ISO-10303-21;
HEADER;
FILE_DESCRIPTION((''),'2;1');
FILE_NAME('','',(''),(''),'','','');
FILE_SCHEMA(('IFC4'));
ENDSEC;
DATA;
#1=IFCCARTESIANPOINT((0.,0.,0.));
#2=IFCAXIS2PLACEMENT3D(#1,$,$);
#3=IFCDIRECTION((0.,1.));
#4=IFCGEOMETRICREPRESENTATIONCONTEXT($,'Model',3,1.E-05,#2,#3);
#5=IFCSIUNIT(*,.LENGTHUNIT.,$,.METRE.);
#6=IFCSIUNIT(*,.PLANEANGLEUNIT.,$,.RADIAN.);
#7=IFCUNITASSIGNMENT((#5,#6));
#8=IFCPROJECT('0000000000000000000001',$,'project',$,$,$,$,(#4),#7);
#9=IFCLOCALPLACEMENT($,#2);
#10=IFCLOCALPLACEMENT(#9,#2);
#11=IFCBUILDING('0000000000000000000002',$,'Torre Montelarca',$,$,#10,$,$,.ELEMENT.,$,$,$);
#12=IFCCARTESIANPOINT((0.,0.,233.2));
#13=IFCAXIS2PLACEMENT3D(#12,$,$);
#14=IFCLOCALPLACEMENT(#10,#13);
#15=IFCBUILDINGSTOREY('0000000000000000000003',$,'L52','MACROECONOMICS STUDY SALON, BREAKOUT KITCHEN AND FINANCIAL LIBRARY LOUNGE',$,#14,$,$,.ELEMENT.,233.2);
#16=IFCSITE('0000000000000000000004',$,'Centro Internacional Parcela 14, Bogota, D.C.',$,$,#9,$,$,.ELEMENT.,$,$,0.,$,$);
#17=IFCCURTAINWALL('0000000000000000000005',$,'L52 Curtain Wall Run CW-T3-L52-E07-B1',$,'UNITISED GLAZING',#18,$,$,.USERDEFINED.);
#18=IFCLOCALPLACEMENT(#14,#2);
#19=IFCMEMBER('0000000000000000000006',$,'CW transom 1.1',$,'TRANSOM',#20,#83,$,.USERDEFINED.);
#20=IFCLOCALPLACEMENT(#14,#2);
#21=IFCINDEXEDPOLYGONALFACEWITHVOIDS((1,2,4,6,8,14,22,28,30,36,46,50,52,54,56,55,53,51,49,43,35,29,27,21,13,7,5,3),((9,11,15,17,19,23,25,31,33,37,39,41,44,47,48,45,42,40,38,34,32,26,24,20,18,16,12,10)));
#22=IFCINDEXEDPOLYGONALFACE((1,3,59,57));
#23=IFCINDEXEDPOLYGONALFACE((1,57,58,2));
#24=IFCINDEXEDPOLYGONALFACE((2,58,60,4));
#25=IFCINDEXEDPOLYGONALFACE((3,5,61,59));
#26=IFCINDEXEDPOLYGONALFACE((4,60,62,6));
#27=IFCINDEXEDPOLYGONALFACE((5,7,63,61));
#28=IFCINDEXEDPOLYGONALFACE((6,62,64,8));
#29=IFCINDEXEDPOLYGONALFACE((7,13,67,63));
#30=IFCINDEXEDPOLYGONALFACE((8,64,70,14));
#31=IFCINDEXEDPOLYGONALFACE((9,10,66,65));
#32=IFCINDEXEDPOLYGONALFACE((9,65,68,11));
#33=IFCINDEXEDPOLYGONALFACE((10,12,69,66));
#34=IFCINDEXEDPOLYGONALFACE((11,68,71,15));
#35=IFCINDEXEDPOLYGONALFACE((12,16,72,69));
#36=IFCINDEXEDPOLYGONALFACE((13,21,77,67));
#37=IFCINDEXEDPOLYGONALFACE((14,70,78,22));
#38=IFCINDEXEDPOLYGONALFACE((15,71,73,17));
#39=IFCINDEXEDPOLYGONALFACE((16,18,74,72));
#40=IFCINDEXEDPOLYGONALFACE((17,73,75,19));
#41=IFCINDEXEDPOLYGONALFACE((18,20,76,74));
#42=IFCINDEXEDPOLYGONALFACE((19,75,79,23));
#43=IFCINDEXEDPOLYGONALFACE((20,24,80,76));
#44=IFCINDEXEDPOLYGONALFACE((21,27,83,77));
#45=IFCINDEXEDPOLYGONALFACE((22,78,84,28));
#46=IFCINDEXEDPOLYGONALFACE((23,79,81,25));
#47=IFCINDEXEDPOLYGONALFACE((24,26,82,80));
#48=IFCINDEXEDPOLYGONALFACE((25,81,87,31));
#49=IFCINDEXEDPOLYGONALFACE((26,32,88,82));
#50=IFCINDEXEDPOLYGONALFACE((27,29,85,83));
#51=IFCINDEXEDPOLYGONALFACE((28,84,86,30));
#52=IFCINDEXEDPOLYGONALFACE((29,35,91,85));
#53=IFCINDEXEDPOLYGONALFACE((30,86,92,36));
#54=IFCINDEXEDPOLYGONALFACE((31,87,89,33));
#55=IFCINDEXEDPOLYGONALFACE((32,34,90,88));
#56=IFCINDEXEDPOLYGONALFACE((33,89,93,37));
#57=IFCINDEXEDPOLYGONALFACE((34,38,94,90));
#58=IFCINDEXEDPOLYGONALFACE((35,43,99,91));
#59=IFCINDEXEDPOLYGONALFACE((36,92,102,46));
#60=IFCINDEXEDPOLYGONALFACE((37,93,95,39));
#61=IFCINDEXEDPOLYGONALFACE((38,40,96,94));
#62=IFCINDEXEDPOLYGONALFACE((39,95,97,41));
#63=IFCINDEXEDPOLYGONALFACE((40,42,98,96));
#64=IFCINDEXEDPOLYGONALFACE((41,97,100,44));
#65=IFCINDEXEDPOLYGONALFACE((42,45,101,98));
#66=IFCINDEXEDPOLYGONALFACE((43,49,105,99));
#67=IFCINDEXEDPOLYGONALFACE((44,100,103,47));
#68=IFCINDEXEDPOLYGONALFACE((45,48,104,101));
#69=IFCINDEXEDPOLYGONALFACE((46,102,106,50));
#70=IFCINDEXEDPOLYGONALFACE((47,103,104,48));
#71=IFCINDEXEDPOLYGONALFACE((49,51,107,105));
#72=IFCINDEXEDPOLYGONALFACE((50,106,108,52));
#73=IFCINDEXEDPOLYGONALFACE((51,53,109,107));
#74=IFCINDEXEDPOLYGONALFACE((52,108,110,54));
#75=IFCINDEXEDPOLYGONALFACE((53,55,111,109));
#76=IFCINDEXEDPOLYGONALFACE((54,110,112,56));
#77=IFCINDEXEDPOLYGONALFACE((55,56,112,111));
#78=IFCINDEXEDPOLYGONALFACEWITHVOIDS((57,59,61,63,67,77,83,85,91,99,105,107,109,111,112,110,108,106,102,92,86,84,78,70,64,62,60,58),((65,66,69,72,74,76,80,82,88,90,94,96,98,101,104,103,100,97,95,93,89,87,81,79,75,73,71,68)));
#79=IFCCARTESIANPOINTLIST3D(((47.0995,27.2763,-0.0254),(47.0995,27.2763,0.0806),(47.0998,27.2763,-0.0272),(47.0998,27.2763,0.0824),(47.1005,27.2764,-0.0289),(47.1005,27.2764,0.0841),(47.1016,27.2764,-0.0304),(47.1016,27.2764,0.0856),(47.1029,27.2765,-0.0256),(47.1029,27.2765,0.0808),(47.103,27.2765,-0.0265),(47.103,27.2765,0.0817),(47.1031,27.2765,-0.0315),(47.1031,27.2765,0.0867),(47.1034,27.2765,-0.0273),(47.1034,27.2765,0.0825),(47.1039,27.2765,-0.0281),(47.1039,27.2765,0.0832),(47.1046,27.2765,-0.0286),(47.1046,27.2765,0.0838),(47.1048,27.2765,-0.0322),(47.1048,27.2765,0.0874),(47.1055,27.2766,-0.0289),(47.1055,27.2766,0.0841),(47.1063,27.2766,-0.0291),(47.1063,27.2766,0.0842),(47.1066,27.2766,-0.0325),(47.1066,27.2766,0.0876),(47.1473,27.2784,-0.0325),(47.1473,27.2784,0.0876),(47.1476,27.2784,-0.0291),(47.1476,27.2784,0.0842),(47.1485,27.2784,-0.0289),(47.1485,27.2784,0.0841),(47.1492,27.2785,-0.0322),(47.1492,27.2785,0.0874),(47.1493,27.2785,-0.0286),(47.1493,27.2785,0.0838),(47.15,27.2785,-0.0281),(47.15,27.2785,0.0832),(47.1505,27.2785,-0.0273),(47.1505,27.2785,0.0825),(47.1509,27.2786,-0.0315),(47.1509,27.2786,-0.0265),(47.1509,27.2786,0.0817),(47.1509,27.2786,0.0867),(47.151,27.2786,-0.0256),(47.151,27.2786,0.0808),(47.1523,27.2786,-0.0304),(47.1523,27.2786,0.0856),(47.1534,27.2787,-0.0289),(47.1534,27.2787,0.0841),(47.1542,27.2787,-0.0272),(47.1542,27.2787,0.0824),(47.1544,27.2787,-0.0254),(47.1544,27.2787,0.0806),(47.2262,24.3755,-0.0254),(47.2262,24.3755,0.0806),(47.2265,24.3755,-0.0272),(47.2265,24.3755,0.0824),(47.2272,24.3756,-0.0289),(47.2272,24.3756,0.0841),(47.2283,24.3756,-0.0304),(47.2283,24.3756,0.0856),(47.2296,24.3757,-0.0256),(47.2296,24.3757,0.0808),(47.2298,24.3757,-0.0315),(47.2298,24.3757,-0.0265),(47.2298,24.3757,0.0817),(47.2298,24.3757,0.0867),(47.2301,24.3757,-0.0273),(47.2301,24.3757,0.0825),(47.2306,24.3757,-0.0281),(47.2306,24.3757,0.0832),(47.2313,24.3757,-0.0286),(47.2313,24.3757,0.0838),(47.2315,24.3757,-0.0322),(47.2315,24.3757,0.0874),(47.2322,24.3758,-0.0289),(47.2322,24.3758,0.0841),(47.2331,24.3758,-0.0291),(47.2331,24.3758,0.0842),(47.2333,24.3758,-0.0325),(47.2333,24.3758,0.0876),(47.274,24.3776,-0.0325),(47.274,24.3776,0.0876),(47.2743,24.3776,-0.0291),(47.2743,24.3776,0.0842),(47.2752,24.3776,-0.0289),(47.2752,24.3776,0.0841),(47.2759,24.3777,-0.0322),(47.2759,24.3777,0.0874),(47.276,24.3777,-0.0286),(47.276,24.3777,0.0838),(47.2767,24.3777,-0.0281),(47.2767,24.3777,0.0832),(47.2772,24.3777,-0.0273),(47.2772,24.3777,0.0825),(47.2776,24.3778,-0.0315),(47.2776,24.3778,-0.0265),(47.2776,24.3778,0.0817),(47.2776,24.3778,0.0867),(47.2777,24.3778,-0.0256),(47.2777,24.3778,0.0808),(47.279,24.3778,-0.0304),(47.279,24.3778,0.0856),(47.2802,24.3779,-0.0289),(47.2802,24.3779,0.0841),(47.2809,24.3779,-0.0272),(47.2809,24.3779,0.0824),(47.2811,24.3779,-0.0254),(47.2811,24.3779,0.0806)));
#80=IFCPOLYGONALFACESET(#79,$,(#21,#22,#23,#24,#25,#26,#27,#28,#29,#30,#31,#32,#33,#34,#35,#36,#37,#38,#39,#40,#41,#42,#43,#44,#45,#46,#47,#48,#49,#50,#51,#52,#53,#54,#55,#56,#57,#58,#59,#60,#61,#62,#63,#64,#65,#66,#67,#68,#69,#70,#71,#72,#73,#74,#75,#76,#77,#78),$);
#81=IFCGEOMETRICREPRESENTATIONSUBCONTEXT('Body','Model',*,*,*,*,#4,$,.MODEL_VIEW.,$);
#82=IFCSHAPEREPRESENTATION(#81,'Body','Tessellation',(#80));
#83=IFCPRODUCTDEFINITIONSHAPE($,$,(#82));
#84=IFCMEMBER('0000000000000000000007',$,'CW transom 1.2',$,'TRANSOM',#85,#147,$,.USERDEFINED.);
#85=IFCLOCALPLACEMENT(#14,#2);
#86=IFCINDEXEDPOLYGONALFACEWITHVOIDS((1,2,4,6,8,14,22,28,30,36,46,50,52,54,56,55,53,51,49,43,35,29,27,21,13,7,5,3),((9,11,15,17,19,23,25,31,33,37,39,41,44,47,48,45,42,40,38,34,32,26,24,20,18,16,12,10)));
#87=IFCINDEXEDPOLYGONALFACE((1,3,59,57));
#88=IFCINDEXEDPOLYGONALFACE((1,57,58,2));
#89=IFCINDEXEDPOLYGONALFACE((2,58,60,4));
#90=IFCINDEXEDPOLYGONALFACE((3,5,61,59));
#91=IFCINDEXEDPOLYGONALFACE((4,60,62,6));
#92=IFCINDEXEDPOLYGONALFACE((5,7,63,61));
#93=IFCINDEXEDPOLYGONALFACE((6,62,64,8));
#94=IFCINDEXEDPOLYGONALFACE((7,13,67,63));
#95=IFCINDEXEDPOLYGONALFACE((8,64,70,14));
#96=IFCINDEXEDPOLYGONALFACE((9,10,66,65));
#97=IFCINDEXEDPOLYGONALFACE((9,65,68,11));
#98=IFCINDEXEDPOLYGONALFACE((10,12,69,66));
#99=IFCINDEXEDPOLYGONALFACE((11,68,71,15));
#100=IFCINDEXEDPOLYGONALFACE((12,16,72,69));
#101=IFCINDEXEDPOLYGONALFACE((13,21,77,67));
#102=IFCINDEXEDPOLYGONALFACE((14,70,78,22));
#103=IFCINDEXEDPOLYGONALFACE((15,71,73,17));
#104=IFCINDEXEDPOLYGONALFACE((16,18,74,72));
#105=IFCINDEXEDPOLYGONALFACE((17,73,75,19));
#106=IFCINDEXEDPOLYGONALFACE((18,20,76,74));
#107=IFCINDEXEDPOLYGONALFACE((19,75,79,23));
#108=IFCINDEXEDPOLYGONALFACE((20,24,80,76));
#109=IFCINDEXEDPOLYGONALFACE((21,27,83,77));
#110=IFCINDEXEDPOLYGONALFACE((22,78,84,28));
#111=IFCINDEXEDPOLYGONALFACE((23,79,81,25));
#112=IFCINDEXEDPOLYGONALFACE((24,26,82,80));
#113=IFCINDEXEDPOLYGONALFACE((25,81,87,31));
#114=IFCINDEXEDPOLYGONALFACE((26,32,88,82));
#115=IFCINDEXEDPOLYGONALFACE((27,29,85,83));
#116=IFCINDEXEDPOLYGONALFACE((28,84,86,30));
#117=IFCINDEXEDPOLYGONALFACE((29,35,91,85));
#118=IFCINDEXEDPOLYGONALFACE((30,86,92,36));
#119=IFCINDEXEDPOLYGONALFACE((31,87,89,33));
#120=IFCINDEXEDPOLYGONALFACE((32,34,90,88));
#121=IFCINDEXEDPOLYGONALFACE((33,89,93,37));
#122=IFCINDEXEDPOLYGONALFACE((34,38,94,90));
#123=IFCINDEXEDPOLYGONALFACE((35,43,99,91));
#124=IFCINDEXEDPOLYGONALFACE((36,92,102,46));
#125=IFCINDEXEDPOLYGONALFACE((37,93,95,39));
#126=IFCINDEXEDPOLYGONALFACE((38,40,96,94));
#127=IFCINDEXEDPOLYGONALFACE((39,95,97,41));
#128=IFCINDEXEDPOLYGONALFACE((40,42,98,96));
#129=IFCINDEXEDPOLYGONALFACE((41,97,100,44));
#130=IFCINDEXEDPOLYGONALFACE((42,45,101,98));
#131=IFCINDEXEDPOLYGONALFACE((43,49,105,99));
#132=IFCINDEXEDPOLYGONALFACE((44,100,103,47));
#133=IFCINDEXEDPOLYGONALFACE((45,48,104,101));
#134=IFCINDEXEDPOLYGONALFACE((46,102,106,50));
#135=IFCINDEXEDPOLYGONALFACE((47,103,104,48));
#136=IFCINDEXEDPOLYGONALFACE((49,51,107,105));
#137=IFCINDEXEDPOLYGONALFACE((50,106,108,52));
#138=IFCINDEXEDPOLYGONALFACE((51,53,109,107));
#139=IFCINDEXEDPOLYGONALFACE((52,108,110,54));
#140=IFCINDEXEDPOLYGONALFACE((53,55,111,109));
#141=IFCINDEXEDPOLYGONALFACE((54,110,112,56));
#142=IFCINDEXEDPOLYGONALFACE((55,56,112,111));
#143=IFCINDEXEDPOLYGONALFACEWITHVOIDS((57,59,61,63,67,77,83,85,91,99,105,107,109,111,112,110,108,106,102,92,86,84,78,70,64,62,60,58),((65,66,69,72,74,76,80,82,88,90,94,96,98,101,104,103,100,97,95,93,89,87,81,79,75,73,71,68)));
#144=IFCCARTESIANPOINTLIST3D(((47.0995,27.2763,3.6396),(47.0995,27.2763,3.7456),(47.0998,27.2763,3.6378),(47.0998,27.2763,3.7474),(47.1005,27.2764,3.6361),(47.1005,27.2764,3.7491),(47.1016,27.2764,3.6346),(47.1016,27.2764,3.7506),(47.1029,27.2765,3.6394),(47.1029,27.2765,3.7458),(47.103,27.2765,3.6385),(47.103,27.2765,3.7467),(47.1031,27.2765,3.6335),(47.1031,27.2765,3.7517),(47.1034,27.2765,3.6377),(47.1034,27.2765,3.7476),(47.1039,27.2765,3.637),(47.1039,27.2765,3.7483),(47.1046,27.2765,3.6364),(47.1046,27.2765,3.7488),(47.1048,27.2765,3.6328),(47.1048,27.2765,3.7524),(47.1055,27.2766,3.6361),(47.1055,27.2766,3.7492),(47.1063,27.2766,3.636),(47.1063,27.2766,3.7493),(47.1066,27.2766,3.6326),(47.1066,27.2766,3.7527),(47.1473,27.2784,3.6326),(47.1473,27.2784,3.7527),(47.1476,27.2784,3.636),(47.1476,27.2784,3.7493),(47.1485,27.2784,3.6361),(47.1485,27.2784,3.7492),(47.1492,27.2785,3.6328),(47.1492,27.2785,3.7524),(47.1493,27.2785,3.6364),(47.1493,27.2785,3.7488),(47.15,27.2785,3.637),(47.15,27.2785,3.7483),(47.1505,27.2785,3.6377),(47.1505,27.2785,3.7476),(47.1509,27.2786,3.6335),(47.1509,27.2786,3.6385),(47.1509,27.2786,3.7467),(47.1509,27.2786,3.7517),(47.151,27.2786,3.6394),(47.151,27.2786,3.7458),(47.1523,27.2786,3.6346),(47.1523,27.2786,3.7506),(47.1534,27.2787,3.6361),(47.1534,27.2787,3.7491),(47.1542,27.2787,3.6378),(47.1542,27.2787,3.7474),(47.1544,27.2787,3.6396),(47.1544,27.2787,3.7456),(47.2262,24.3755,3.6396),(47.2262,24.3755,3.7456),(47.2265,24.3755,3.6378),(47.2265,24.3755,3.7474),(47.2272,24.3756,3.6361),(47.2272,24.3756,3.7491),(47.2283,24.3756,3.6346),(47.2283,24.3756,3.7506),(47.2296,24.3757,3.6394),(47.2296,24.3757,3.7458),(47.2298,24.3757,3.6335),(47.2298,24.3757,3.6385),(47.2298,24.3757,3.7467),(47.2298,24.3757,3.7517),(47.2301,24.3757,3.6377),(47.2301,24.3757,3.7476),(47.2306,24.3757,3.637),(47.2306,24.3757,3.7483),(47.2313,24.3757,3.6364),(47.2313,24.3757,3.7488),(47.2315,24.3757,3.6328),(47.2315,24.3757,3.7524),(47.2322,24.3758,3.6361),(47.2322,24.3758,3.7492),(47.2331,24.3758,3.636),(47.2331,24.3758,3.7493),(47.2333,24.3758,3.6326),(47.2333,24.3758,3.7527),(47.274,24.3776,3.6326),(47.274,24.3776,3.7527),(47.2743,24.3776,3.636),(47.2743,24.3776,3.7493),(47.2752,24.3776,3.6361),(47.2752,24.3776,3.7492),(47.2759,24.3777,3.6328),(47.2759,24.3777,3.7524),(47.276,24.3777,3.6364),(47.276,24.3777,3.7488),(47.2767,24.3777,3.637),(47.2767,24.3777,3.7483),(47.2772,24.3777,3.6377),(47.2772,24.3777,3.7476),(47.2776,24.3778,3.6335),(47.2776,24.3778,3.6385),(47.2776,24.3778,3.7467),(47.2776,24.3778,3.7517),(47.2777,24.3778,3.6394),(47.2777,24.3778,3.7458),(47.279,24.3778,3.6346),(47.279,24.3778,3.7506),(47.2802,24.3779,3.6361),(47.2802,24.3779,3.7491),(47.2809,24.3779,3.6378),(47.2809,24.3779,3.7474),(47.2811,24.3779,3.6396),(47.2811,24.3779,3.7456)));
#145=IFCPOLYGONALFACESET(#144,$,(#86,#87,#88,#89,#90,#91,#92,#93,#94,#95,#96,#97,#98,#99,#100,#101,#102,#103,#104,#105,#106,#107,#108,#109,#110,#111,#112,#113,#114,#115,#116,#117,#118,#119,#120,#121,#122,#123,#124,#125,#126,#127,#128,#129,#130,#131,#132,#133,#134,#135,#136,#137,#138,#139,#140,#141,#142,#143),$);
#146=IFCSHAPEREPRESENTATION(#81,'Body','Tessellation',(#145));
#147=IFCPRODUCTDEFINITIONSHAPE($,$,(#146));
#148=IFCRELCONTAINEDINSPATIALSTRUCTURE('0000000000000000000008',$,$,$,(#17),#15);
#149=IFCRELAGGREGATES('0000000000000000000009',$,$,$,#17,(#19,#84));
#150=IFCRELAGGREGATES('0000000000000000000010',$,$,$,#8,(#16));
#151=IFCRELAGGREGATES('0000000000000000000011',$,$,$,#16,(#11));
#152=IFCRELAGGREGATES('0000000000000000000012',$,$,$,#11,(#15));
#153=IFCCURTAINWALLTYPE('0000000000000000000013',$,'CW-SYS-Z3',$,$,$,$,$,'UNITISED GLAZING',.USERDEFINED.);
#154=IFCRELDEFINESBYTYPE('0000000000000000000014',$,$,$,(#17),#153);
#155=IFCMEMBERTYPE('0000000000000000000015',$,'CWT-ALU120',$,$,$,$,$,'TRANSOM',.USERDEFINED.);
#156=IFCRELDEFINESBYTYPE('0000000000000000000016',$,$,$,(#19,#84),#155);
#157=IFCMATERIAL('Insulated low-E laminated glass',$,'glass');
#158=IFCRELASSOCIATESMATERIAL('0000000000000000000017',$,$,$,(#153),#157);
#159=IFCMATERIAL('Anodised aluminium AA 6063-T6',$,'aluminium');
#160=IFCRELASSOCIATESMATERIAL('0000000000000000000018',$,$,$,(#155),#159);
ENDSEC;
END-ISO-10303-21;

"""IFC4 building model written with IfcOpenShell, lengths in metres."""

from ifc_helpers import new_model, si_unit, direction, frame, origin, origin_2d, place, context, subcontext, project, spatial, hollow_rectangle, extrude, source, transform, mapped, material, material_profile, profile_set, type_object, element, aggregate, save


model = new_model("IFC4")

# Units and contexts
model_context = context("Model", 3, precision=1e-05, world=origin(), true_north=direction((0.0, 1.0)))
body_context = subcontext(model_context, "Body", "Model", "MODEL_VIEW")
ifc_project = project(units=[si_unit("LENGTHUNIT", "METRE"), si_unit("PLANEANGLEUNIT", "RADIAN")], contexts=[model_context])

# Site, building, storey
site_placement = place(None, origin())
site = spatial("IfcSite", under=ifc_project, at=site_placement, Name="Centro Internacional Parcela 14, Bogota, D.C.", CompositionType="ELEMENT", RefElevation=0.0)
building_placement = place(site_placement, origin())
building = spatial("IfcBuilding", under=site, at=building_placement, Name="Torre Montelarca", CompositionType="ELEMENT")
storey_placement = place(building_placement, frame((0.0, 0.0, 233.2)))
storey = spatial("IfcBuildingStorey", under=building, at=storey_placement, Name="L52", Description="MACROECONOMICS STUDY SALON, BREAKOUT KITCHEN AND FINANCIAL LIBRARY LOUNGE", CompositionType="ELEMENT", Elevation=233.2)

# Curtain wall, members
ifc_material_1 = material(Name="Insulated low-E laminated glass", Category="glass")
curtain_wall_type = type_object("IfcCurtainWallType", Name="CW-SYS-Z3", ElementType="UNITISED GLAZING", PredefinedType="USERDEFINED", material=ifc_material_1)
curtain_wall_1_placement = place(storey_placement, origin())
curtain_wall_1 = element("IfcCurtainWall", 1, at=curtain_wall_1_placement, inside=storey, type_object=curtain_wall_type, Name="L52 Curtain Wall Run CW-T3-L52-E07-B1", ObjectType="UNITISED GLAZING", PredefinedType="USERDEFINED")
ifc_material_2 = material(Name="Anodised aluminium AA 6063-T6", Category="aluminium")
ifc_material_profile_1 = material_profile(ifc_material_2, hollow_rectangle(XDim=0.0549, YDim=0.1201, WallThickness=0.0034, InnerFilletRadius=0.0034, OuterFilletRadius=0.0071, at=origin_2d()), Name="ALU55X120X3.5", Category="aluminium")
ifc_profile_set_1 = profile_set([ifc_material_profile_1], Name="Anodised aluminium AA 6063-T6")
member_type_1 = type_object("IfcMemberType", Name="CWT-ALU120", ElementType="TRANSOM", PredefinedType="USERDEFINED", material=ifc_profile_set_1)
shared_shape_1 = source(origin(), body_context, "Body", "SweptSolid", [
    extrude(hollow_rectangle(XDim=0.0549, YDim=0.1201, WallThickness=0.0034, InnerFilletRadius=0.0034, OuterFilletRadius=0.0071, at=origin_2d()), origin(), (0.0, 0.0, 1.0), 2.9036),
])
member_1_placement = place(storey_placement, frame((47.2537, 24.3767, 0.0276), z_axis=(-0.043638, 0.999047, 0.0), x_axis=(-0.999047, -0.043638, 0.0)))
member_1 = element("IfcMember", 2, at=member_1_placement, type_object=member_type_1, Name="CW transom 1.1", ObjectType="TRANSOM", PredefinedType="USERDEFINED", context=body_context, shape_type="MappedRepresentation", body=[
    mapped(shared_shape_1, transform((0.0, 0.0, 0.0), scale=1.0)),
])
member_2_placement = place(storey_placement, frame((47.2537, 24.3767, 3.6926), z_axis=(-0.043638, 0.999047, 0.0), x_axis=(-0.999047, -0.043638, 0.0)))
member_2 = element("IfcMember", 3, at=member_2_placement, type_object=member_type_1, Name="CW transom 1.2", ObjectType="TRANSOM", PredefinedType="USERDEFINED", context=body_context, shape_type="MappedRepresentation", body=[
    mapped(shared_shape_1, transform((0.0, 0.0, 0.0), scale=1.0)),
])

aggregate(curtain_wall_1, [member_1, member_2])

save(model, "model.ifc")
